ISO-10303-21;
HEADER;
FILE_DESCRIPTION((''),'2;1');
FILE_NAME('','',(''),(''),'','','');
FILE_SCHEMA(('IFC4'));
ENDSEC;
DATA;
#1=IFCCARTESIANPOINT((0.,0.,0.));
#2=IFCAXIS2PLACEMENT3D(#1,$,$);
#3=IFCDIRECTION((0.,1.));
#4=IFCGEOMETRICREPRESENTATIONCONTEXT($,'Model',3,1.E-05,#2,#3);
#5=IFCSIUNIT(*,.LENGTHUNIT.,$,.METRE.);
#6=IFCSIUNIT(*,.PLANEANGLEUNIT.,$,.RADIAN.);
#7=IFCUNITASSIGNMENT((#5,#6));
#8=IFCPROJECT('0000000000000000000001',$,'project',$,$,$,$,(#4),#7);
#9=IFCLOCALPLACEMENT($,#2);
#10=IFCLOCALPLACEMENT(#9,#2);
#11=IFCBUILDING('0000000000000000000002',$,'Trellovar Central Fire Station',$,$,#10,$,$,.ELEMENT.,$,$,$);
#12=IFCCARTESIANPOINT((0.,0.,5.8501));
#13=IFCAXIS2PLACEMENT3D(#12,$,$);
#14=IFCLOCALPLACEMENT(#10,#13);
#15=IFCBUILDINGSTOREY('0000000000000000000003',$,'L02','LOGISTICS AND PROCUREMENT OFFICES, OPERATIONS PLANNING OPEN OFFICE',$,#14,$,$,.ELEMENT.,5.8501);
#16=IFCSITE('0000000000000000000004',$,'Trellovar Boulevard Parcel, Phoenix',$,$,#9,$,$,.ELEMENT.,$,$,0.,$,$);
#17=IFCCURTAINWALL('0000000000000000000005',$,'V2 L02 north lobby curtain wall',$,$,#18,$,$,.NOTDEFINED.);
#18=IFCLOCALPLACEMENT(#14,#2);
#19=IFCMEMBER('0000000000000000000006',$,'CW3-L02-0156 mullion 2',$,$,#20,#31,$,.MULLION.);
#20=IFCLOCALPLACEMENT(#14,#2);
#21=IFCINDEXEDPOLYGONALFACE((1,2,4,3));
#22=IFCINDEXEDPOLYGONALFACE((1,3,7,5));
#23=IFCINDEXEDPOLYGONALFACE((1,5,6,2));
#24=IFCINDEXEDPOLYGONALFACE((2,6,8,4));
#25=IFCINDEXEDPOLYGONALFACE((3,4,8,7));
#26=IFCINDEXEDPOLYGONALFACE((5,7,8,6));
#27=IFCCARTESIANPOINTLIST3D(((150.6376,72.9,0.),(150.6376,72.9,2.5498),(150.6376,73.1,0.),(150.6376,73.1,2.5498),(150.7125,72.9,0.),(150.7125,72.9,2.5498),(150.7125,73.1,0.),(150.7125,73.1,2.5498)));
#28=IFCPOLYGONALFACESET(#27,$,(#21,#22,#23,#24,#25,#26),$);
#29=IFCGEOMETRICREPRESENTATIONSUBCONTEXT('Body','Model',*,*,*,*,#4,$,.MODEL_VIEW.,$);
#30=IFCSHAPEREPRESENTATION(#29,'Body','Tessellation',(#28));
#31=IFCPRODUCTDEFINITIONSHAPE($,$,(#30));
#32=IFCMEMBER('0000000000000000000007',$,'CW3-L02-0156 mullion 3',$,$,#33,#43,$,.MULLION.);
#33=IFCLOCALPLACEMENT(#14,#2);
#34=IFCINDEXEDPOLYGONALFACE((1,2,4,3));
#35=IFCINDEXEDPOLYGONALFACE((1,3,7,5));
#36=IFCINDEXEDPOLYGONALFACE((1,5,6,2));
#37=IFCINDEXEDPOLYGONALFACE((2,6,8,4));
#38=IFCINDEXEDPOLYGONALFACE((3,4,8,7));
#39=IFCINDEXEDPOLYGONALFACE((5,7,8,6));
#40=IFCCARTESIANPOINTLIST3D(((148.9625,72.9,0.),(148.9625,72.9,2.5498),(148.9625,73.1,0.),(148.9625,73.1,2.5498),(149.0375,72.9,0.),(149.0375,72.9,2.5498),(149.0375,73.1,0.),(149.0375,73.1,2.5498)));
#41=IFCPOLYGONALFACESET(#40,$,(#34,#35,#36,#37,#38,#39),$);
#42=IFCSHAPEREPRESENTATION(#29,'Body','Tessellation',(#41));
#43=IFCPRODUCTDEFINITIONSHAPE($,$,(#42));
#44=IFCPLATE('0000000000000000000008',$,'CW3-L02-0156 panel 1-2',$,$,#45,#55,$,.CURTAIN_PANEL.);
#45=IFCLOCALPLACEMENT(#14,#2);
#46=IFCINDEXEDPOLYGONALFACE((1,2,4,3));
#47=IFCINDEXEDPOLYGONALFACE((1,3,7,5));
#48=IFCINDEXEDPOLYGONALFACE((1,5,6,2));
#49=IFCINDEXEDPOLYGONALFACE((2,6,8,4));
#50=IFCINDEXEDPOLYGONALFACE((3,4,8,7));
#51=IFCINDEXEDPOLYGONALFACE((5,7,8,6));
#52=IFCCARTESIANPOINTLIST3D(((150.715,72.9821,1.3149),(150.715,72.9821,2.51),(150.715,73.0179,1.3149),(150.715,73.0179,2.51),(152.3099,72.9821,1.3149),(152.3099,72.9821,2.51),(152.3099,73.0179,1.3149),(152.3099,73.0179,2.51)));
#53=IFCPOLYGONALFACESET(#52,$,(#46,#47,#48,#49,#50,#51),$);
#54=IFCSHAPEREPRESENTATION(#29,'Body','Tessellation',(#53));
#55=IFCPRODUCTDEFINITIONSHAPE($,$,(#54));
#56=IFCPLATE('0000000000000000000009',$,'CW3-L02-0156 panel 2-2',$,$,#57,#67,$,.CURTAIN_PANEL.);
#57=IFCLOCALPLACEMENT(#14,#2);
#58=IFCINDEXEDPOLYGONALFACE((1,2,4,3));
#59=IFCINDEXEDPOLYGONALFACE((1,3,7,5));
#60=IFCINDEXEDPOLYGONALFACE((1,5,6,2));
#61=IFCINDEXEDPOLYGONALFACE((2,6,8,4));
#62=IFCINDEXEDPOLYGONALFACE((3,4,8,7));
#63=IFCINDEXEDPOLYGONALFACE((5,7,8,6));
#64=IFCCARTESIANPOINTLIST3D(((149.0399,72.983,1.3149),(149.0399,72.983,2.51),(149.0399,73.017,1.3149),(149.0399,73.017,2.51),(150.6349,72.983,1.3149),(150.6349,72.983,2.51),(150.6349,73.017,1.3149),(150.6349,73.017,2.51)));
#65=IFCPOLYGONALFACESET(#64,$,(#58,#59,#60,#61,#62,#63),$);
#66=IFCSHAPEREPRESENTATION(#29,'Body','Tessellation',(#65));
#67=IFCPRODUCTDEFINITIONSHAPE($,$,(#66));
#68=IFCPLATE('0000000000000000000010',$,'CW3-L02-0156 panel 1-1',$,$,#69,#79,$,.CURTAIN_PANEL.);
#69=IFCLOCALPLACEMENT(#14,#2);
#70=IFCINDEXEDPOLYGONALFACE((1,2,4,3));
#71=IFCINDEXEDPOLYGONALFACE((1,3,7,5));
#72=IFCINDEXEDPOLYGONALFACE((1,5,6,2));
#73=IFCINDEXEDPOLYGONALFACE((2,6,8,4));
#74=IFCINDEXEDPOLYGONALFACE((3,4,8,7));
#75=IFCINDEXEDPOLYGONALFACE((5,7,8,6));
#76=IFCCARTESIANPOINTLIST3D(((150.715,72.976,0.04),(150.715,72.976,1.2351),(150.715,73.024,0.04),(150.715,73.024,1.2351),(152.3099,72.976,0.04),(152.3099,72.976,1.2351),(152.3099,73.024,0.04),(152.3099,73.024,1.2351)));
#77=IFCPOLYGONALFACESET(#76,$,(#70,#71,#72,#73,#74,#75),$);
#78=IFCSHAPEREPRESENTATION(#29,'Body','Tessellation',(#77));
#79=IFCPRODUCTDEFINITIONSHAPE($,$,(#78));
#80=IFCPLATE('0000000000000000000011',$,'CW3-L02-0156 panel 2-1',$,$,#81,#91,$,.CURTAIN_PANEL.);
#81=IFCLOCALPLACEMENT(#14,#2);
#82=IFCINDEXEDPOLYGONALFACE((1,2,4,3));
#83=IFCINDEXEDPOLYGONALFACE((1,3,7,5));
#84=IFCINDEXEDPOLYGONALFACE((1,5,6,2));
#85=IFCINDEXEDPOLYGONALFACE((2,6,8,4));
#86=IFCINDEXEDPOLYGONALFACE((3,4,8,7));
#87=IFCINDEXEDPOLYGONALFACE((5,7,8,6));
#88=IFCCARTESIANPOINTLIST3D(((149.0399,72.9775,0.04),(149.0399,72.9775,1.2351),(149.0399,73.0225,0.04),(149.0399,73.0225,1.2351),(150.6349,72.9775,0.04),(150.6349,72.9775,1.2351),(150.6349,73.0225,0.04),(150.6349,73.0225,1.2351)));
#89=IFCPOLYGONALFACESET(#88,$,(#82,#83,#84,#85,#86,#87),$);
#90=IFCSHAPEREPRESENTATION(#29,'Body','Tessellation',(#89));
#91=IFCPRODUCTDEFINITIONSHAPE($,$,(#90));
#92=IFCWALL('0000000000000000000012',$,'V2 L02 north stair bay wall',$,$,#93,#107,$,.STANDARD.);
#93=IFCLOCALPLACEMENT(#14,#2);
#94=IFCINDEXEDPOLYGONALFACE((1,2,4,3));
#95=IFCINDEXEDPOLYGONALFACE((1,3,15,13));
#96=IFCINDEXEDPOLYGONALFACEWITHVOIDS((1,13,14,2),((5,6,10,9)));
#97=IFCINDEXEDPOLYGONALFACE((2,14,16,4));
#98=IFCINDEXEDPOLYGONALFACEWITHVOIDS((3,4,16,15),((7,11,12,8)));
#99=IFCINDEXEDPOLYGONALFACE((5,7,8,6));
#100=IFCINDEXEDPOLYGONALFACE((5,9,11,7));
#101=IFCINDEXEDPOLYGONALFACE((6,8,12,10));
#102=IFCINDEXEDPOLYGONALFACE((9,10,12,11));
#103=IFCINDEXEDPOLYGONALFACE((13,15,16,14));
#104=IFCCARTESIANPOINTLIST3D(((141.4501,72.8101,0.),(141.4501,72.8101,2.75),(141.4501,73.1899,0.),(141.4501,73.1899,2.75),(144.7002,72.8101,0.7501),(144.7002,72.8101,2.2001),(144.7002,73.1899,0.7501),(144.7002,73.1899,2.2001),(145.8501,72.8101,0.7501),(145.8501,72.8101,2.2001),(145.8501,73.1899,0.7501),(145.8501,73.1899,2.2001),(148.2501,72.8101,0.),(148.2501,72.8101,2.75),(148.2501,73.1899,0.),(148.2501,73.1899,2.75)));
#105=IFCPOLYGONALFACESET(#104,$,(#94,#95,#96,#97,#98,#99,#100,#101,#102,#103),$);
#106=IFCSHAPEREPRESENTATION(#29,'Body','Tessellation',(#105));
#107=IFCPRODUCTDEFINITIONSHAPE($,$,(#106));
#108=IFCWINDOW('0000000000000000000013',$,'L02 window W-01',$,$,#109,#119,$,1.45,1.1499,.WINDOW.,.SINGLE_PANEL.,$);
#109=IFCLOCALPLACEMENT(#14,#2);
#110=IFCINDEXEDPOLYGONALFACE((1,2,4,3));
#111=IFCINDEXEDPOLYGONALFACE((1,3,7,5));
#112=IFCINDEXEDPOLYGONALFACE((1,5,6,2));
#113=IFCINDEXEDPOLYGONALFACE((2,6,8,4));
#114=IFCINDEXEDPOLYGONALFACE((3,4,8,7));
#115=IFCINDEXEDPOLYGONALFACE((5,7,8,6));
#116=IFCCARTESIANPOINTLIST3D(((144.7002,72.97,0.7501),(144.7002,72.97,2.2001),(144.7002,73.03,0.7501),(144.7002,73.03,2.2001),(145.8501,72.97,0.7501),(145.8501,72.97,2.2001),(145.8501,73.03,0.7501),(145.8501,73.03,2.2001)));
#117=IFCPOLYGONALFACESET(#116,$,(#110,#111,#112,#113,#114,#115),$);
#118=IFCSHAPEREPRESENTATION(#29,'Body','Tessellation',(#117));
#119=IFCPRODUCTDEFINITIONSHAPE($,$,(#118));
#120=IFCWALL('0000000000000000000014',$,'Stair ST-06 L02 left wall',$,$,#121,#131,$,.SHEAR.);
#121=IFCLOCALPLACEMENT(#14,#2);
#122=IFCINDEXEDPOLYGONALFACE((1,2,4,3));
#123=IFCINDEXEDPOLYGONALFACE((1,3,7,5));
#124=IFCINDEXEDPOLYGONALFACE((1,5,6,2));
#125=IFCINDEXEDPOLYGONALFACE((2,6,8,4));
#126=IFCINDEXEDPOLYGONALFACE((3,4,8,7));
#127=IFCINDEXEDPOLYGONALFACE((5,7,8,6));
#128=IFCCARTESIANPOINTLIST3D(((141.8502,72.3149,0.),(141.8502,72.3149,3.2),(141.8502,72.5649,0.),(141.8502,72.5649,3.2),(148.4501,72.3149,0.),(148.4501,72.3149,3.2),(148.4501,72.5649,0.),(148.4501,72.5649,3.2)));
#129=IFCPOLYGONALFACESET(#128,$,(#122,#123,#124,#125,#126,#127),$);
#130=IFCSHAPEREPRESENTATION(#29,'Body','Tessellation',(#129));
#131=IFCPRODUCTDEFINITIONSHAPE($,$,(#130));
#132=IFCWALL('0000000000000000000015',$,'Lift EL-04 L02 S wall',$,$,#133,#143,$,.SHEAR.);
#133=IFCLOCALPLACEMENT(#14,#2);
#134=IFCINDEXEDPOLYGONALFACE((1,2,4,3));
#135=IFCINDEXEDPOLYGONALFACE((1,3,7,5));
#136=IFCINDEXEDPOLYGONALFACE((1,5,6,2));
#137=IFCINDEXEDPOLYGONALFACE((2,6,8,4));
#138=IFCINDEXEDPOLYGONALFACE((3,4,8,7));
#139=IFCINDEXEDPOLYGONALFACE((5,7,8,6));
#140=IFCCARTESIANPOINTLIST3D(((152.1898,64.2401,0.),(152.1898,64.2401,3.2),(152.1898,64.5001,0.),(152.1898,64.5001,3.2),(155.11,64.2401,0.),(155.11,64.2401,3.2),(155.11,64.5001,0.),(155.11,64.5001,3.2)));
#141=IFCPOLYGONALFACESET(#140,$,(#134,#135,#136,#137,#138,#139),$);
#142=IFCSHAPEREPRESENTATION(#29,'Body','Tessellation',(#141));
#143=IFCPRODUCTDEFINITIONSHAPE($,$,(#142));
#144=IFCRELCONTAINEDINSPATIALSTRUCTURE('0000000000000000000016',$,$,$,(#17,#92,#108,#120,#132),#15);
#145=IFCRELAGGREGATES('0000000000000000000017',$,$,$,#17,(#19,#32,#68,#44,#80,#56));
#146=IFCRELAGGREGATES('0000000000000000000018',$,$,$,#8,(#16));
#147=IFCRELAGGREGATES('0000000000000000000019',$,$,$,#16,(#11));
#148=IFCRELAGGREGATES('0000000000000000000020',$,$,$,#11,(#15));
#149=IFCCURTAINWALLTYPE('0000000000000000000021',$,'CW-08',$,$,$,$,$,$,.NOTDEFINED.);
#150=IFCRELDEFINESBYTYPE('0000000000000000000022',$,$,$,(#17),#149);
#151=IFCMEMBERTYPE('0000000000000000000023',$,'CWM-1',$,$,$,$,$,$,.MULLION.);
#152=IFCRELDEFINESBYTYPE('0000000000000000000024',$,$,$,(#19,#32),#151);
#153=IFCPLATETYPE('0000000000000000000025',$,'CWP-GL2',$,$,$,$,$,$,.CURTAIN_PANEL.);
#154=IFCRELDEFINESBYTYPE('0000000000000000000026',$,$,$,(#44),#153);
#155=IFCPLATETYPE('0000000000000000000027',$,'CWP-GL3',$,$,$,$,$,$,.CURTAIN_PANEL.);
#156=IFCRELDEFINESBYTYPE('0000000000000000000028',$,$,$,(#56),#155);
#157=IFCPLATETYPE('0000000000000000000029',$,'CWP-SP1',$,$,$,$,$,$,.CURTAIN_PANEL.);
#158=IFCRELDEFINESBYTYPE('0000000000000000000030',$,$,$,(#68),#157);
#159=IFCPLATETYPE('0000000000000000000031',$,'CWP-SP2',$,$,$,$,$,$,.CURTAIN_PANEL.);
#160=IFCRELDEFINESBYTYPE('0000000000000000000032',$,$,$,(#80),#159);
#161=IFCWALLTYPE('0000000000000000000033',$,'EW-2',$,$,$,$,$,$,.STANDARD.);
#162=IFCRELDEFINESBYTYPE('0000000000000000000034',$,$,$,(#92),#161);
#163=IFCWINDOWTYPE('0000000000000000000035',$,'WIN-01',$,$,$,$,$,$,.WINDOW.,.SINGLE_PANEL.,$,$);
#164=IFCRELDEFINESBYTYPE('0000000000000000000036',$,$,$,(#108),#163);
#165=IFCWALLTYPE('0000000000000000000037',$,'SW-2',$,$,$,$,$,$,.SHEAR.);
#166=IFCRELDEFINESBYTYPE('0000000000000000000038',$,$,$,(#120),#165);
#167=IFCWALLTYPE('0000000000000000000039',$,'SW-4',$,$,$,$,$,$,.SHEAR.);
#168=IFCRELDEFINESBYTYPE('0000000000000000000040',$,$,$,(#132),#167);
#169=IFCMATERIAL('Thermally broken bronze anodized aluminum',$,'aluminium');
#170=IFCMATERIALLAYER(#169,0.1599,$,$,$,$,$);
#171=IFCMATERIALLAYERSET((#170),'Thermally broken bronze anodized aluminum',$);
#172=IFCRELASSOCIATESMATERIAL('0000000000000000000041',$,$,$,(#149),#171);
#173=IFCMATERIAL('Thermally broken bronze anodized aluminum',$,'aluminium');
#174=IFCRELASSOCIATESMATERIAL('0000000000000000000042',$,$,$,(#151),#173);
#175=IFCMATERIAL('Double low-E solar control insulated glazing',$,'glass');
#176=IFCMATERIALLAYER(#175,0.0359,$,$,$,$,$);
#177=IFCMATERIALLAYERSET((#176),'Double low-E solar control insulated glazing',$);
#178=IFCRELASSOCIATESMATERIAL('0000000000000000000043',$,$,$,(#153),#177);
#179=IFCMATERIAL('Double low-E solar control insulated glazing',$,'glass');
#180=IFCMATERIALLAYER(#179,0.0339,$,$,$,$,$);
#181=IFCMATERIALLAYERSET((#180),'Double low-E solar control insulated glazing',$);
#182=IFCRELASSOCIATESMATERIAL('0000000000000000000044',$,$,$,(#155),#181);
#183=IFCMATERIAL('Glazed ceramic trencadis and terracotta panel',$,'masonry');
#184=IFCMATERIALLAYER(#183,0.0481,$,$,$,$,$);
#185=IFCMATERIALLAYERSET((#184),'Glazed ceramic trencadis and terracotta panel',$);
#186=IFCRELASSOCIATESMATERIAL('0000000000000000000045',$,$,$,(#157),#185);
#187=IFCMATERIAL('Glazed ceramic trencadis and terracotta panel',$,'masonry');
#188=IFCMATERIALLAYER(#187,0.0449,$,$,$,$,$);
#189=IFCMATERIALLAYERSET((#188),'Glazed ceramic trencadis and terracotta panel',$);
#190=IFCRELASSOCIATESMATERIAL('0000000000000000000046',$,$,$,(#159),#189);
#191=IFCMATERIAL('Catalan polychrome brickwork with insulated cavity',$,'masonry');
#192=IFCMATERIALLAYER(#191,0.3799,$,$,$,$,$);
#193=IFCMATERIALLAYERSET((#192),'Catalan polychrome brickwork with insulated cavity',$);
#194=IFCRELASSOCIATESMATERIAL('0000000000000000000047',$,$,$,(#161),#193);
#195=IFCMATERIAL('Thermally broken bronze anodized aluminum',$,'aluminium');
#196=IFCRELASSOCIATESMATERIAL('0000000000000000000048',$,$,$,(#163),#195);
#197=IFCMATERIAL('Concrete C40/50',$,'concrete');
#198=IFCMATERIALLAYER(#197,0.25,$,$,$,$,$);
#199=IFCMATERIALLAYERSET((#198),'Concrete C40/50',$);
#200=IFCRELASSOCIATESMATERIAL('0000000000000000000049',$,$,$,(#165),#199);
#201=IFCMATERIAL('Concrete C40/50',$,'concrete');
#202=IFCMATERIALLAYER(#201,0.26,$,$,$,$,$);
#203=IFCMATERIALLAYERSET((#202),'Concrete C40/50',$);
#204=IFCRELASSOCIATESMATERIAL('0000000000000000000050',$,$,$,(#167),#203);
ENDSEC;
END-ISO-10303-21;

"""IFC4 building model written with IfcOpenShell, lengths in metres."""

from ifc_helpers import new_model, si_unit, direction, frame, frame_2d, origin, origin_2d, place, context, subcontext, project, spatial, rectangle, extrude, material, layer, layer_set, material_profile, profile_set, type_object, element, fill, aggregate, save


model = new_model("IFC4")

# Units and contexts
model_context = context("Model", 3, precision=1e-05, world=origin(), true_north=direction((0.0, 1.0)))
body_context = subcontext(model_context, "Body", "Model", "MODEL_VIEW")
ifc_project = project(units=[si_unit("LENGTHUNIT", "METRE"), si_unit("PLANEANGLEUNIT", "RADIAN")], contexts=[model_context])

# Site, building, storey
site_placement = place(None, origin())
site = spatial("IfcSite", under=ifc_project, at=site_placement, Name="Trellovar Boulevard Parcel, Phoenix", CompositionType="ELEMENT", RefElevation=0.0)
building_placement = place(site_placement, origin())
building = spatial("IfcBuilding", under=site, at=building_placement, Name="Trellovar Central Fire Station", CompositionType="ELEMENT")
storey_placement = place(building_placement, frame((0.0, 0.0, 5.8501)))
storey = spatial("IfcBuildingStorey", under=building, at=storey_placement, Name="L02", Description="LOGISTICS AND PROCUREMENT OFFICES, OPERATIONS PLANNING OPEN OFFICE", CompositionType="ELEMENT", Elevation=5.8501)

# Curtain wall, members, plates
ifc_material_1 = material(Name="Thermally broken bronze anodized aluminum", Category="aluminium")
ifc_layer_1 = layer(ifc_material_1, 0.1599)
ifc_layer_set_1 = layer_set([ifc_layer_1], Name="Thermally broken bronze anodized aluminum")
curtain_wall_type = type_object("IfcCurtainWallType", Name="CW-08", PredefinedType="NOTDEFINED", material=ifc_layer_set_1)
curtain_wall_placement = place(storey_placement, origin())
curtain_wall = element("IfcCurtainWall", 1, at=curtain_wall_placement, inside=storey, type_object=curtain_wall_type, Name="V2 L02 north lobby curtain wall", PredefinedType="NOTDEFINED")
ifc_material_2 = material(Name="Thermally broken bronze anodized aluminum", Category="aluminium")
ifc_material_profile_1 = material_profile(ifc_material_2, rectangle(XDim=0.075, YDim=0.2, at=origin_2d()), Name="ALU75X200")
ifc_profile_set_1 = profile_set([ifc_material_profile_1], Name="Thermally broken bronze anodized aluminum")
member_type = type_object("IfcMemberType", Name="CWM-1", PredefinedType="MULLION", material=ifc_profile_set_1)
member_1_placement = place(storey_placement, frame((150.675, 73.0, 0.0), z_axis=(0.0, 0.0, 1.0), x_axis=(1.0, 0.0, 0.0)))
member_1 = element("IfcMember", 2, at=member_1_placement, type_object=member_type, Name="CW3-L02-0156 mullion 2", PredefinedType="MULLION", context=body_context, shape_type="SweptSolid", body=[
    extrude(rectangle(XDim=0.075, YDim=0.2, at=origin_2d()), origin(), (0.0, 0.0, 1.0), 2.5498),
])
member_2_placement = place(storey_placement, frame((149.0, 73.0, 0.0), z_axis=(0.0, 0.0, 1.0), x_axis=(1.0, 0.0, 0.0)))
member_2 = element("IfcMember", 3, at=member_2_placement, type_object=member_type, Name="CW3-L02-0156 mullion 3", PredefinedType="MULLION", context=body_context, shape_type="SweptSolid", body=[
    extrude(rectangle(XDim=0.075, YDim=0.2, at=origin_2d()), origin(), (0.0, 0.0, 1.0), 2.5498),
])
ifc_material_3 = material(Name="Double low-E solar control insulated glazing", Category="glass")
ifc_layer_2 = layer(ifc_material_3, 0.0359)
ifc_layer_set_2 = layer_set([ifc_layer_2], Name="Double low-E solar control insulated glazing")
plate_type_1 = type_object("IfcPlateType", Name="CWP-GL2", PredefinedType="CURTAIN_PANEL", material=ifc_layer_set_2)
plate_1_placement = place(storey_placement, frame((151.5125, 73.0, 1.3149), z_axis=(0.0, 0.0, 1.0), x_axis=(-1.0, 0.0, 0.0)))
plate_1 = element("IfcPlate", 4, at=plate_1_placement, type_object=plate_type_1, Name="CW3-L02-0156 panel 1-2", PredefinedType="CURTAIN_PANEL", context=body_context, shape_type="SweptSolid", body=[
    extrude(rectangle(XDim=1.595, YDim=0.0359, at=origin_2d()), origin(), (0.0, 0.0, 1.0), 1.1951),
])
ifc_material_4 = material(Name="Double low-E solar control insulated glazing", Category="glass")
ifc_layer_3 = layer(ifc_material_4, 0.0339)
ifc_layer_set_3 = layer_set([ifc_layer_3], Name="Double low-E solar control insulated glazing")
plate_type_2 = type_object("IfcPlateType", Name="CWP-GL3", PredefinedType="CURTAIN_PANEL", material=ifc_layer_set_3)
plate_2_placement = place(storey_placement, frame((149.8374, 73.0, 1.3149), z_axis=(0.0, 0.0, 1.0), x_axis=(-1.0, 0.0, 0.0)))
plate_2 = element("IfcPlate", 5, at=plate_2_placement, type_object=plate_type_2, Name="CW3-L02-0156 panel 2-2", PredefinedType="CURTAIN_PANEL", context=body_context, shape_type="SweptSolid", body=[
    extrude(rectangle(XDim=1.595, YDim=0.0339, at=origin_2d()), origin(), (0.0, 0.0, 1.0), 1.1951),
])
ifc_material_5 = material(Name="Glazed ceramic trencadis and terracotta panel", Category="masonry")
ifc_layer_4 = layer(ifc_material_5, 0.0481)
ifc_layer_set_4 = layer_set([ifc_layer_4], Name="Glazed ceramic trencadis and terracotta panel")
plate_type_3 = type_object("IfcPlateType", Name="CWP-SP1", PredefinedType="CURTAIN_PANEL", material=ifc_layer_set_4)
plate_3_placement = place(storey_placement, frame((151.5125, 73.0, 0.04), z_axis=(0.0, 0.0, 1.0), x_axis=(-1.0, 0.0, 0.0)))
plate_3 = element("IfcPlate", 6, at=plate_3_placement, type_object=plate_type_3, Name="CW3-L02-0156 panel 1-1", PredefinedType="CURTAIN_PANEL", context=body_context, shape_type="SweptSolid", body=[
    extrude(rectangle(XDim=1.595, YDim=0.0481, at=origin_2d()), origin(), (0.0, 0.0, 1.0), 1.1951),
])
ifc_material_6 = material(Name="Glazed ceramic trencadis and terracotta panel", Category="masonry")
ifc_layer_5 = layer(ifc_material_6, 0.0449)
ifc_layer_set_5 = layer_set([ifc_layer_5], Name="Glazed ceramic trencadis and terracotta panel")
plate_type_4 = type_object("IfcPlateType", Name="CWP-SP2", PredefinedType="CURTAIN_PANEL", material=ifc_layer_set_5)
plate_4_placement = place(storey_placement, frame((149.8374, 73.0, 0.04), z_axis=(0.0, 0.0, 1.0), x_axis=(-1.0, 0.0, 0.0)))
plate_4 = element("IfcPlate", 7, at=plate_4_placement, type_object=plate_type_4, Name="CW3-L02-0156 panel 2-1", PredefinedType="CURTAIN_PANEL", context=body_context, shape_type="SweptSolid", body=[
    extrude(rectangle(XDim=1.595, YDim=0.0449, at=origin_2d()), origin(), (0.0, 0.0, 1.0), 1.1951),
])
aggregate(curtain_wall, [member_1, member_2, plate_3, plate_1, plate_4, plate_2])

# Wall, opening, window
ifc_material_7 = material(Name="Catalan polychrome brickwork with insulated cavity", Category="masonry")
ifc_layer_6 = layer(ifc_material_7, 0.3799)
ifc_layer_set_6 = layer_set([ifc_layer_6], Name="Catalan polychrome brickwork with insulated cavity")
wall_type_1 = type_object("IfcWallType", Name="EW-2", PredefinedType="STANDARD", material=ifc_layer_set_6)
wall_1_placement = place(storey_placement, frame((148.25, 73.0, 0.0), z_axis=(0.0, 0.0, 1.0), x_axis=(-1.0, 0.0, 0.0)))
wall_1 = element("IfcWall", 8, at=wall_1_placement, inside=storey, type_object=wall_type_1, Name="V2 L02 north stair bay wall", PredefinedType="STANDARD", context=body_context, shape_type="SweptSolid", body=[
    extrude(rectangle(XDim=6.8, YDim=0.3799, at=frame_2d((3.3999, 0.0))), origin(), (0.0, 0.0, 1.0), 2.75),
])
opening_1_placement = place(wall_1_placement, frame((2.3999, 0.0, 0.75)))
opening_1 = element("IfcOpeningElement", 9, at=opening_1_placement, cuts=wall_1, PredefinedType="OPENING", context=body_context, shape_type="SweptSolid", body=[
    extrude(rectangle(XDim=1.1499, YDim=1.45, at=frame_2d((0.575, 0.7251))), frame((0.0, 0.2, 0.0), z_axis=(0.0, -1.0, 0.0), x_axis=(1.0, 0.0, 0.0)), (0.0, 0.0, 1.0), 0.3999),
])
ifc_material_8 = material(Name="Thermally broken bronze anodized aluminum", Category="aluminium")
window_type = type_object("IfcWindowType", Name="WIN-01", PartitioningType="SINGLE_PANEL", PredefinedType="WINDOW", material=ifc_material_8)
window_placement = place(opening_1_placement, origin())
window = element("IfcWindow", 10, at=window_placement, inside=storey, type_object=window_type, Name="L02 window W-01", OverallHeight=1.45, OverallWidth=1.1499, PartitioningType="SINGLE_PANEL", PredefinedType="WINDOW", context=body_context, shape_type="SweptSolid", body=[
    extrude(rectangle(XDim=1.1499, YDim=1.45, at=frame_2d((0.575, 0.7251))), frame((0.0, 0.03, 0.0), z_axis=(0.0, -1.0, 0.0), x_axis=(1.0, 0.0, 0.0)), (0.0, 0.0, 1.0), 0.0601),
])
fill(opening_1, window)

# Walls
ifc_material_9 = material(Name="Concrete C40/50", Category="concrete")
ifc_layer_7 = layer(ifc_material_9, 0.25)
ifc_layer_set_7 = layer_set([ifc_layer_7], Name="Concrete C40/50")
wall_type_2 = type_object("IfcWallType", Name="SW-2", PredefinedType="SHEAR", material=ifc_layer_set_7)
wall_2_placement = place(storey_placement, frame((148.45, 72.4399, 0.0), z_axis=(0.0, 0.0, 1.0), x_axis=(-1.0, 0.0, 0.0)))
element("IfcWall", 11, at=wall_2_placement, inside=storey, type_object=wall_type_2, Name="Stair ST-06 L02 left wall", PredefinedType="SHEAR", context=body_context, shape_type="SweptSolid", body=[
    extrude(rectangle(XDim=6.5999, YDim=0.25, at=frame_2d((3.2998, 0.0))), origin(), (0.0, 0.0, 1.0), 3.2),
])
ifc_material_10 = material(Name="Concrete C40/50", Category="concrete")
ifc_layer_8 = layer(ifc_material_10, 0.26)
ifc_layer_set_8 = layer_set([ifc_layer_8], Name="Concrete C40/50")
wall_type_3 = type_object("IfcWallType", Name="SW-4", PredefinedType="SHEAR", material=ifc_layer_set_8)
wall_3_placement = place(storey_placement, frame((152.1899, 64.3701, 0.0), z_axis=(0.0, 0.0, 1.0), x_axis=(1.0, 0.0, 0.0)))
element("IfcWall", 12, at=wall_3_placement, inside=storey, type_object=wall_type_3, Name="Lift EL-04 L02 S wall", PredefinedType="SHEAR", context=body_context, shape_type="SweptSolid", body=[
    extrude(rectangle(XDim=2.9202, YDim=0.26, at=frame_2d((1.46, 0.0))), origin(), (0.0, 0.0, 1.0), 3.2),
])

save(model, "model.ifc")
